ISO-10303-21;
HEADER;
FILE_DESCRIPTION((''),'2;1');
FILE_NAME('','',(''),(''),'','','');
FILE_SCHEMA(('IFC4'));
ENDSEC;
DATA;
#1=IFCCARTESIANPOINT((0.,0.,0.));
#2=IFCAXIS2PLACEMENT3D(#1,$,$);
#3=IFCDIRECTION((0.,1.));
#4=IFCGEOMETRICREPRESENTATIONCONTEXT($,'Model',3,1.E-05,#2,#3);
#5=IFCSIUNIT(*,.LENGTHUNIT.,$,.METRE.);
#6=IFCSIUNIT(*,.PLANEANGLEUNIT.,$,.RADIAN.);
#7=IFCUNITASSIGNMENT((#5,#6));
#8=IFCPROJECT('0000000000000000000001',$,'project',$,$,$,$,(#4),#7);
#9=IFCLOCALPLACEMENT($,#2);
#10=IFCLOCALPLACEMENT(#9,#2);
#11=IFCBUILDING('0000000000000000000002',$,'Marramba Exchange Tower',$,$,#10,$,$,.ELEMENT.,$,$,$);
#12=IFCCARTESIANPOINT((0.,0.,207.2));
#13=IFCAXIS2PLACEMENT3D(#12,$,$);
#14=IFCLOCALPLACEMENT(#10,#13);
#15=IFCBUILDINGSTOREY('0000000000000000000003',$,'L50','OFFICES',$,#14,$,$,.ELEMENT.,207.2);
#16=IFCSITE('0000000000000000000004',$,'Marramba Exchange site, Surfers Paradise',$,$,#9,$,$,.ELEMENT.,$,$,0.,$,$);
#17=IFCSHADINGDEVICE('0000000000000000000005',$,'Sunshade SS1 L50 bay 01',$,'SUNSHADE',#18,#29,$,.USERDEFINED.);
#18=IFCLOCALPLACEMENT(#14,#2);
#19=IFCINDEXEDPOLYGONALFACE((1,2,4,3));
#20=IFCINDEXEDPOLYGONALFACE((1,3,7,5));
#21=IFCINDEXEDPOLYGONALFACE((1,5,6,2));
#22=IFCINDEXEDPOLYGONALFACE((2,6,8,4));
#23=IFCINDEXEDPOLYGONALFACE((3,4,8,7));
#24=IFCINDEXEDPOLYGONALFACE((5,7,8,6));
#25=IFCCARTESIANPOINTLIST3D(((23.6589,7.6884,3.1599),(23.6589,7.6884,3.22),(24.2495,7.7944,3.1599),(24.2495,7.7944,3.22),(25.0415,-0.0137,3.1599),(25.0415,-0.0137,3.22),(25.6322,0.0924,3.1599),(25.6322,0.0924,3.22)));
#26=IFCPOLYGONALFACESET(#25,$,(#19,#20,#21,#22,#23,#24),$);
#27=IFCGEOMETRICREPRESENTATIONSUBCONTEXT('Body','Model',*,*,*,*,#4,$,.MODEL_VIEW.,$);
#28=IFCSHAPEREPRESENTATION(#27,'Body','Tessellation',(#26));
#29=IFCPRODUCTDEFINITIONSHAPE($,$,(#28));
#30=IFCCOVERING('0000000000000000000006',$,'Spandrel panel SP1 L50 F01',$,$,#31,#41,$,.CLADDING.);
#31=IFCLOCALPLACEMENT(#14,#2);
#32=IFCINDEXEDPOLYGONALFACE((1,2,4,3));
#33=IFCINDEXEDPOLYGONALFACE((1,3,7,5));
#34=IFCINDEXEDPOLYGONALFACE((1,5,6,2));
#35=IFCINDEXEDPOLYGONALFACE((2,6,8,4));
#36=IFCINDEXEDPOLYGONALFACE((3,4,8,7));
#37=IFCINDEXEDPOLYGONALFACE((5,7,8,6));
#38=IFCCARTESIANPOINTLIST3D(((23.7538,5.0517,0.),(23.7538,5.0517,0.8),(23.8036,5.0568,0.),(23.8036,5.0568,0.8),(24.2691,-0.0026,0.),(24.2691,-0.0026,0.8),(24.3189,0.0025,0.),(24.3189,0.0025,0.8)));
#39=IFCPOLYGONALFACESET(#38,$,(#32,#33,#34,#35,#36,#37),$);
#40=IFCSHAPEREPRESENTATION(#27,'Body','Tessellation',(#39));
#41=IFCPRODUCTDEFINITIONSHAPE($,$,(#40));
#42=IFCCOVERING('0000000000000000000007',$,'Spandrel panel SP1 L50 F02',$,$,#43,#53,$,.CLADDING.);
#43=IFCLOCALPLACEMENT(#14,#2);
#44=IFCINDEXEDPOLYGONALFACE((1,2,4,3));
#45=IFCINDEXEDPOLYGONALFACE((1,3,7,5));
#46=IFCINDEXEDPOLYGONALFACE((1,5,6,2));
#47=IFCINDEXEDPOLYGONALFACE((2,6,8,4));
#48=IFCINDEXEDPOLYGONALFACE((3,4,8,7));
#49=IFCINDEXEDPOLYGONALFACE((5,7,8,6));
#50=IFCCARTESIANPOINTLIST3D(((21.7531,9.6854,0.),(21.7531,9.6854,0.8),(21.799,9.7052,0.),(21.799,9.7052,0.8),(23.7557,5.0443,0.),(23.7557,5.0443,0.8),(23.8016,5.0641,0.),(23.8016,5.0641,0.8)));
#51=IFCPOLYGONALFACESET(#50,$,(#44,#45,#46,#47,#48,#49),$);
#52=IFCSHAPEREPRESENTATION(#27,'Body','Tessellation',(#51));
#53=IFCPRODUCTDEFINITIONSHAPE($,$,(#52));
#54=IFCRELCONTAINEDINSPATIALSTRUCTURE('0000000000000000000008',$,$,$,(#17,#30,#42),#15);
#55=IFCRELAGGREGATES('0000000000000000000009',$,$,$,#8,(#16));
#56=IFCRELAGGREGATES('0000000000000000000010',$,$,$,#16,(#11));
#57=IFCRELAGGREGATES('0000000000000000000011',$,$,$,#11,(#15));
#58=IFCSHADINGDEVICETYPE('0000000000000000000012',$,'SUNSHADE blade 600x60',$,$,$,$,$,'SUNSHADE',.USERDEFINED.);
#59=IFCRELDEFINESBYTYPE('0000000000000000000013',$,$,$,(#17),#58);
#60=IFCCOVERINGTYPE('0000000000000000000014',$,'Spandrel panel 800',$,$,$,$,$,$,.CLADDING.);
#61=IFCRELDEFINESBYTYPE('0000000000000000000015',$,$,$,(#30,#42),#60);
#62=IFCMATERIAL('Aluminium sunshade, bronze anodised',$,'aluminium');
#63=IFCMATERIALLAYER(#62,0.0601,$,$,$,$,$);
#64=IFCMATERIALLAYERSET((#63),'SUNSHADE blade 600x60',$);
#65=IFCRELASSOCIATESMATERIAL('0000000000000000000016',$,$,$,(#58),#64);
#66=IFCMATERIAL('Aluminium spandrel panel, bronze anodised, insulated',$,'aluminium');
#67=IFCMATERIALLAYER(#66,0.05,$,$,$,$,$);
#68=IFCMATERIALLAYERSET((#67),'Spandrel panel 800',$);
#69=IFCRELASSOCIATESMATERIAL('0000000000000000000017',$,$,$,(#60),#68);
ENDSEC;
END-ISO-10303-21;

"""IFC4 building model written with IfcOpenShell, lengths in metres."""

from ifc_helpers import new_model, si_unit, direction, frame, origin, origin_2d, place, context, subcontext, project, spatial, rectangle, extrude, material, layer, layer_set, type_object, element, save


model = new_model("IFC4")

# Units and contexts
model_context = context("Model", 3, precision=1e-05, world=origin(), true_north=direction((0.0, 1.0)))
body_context = subcontext(model_context, "Body", "Model", "MODEL_VIEW")
ifc_project = project(units=[si_unit("LENGTHUNIT", "METRE"), si_unit("PLANEANGLEUNIT", "RADIAN")], contexts=[model_context])

# Site, building, storey
site_placement = place(None, origin())
site = spatial("IfcSite", under=ifc_project, at=site_placement, Name="Marramba Exchange site, Surfers Paradise", CompositionType="ELEMENT", RefElevation=0.0)
building_placement = place(site_placement, origin())
building = spatial("IfcBuilding", under=site, at=building_placement, Name="Marramba Exchange Tower", CompositionType="ELEMENT")
storey_placement = place(building_placement, frame((0.0, 0.0, 207.2)))
storey = spatial("IfcBuildingStorey", under=building, at=storey_placement, Name="L50", Description="OFFICES", CompositionType="ELEMENT", Elevation=207.2)

# Shading device
ifc_material_1 = material(Name="Aluminium sunshade, bronze anodised", Category="aluminium")
ifc_layer_1 = layer(ifc_material_1, 0.0601)
ifc_layer_set_1 = layer_set([ifc_layer_1], Name="SUNSHADE blade 600x60")
shading_device_type_1 = type_object("IfcShadingDeviceType", Name="SUNSHADE blade 600x60", ElementType="SUNSHADE", PredefinedType="USERDEFINED", material=ifc_layer_set_1)
shading_device_1_placement = place(storey_placement, frame((24.6455, 3.8904, 3.1599), z_axis=(0.0, 0.0, 1.0), x_axis=(-0.176691, 0.984266, 0.0)))
element("IfcShadingDevice", 1, at=shading_device_1_placement, inside=storey, type_object=shading_device_type_1, Name="Sunshade SS1 L50 bay 01", ObjectType="SUNSHADE", PredefinedType="USERDEFINED", context=body_context, shape_type="SweptSolid", body=[
    extrude(rectangle(XDim=7.8252, YDim=0.6001, at=origin_2d()), origin(), (0.0, 0.0, 1.0), 0.0601),
])

# Coverings
ifc_material_2 = material(Name="Aluminium spandrel panel, bronze anodised, insulated", Category="aluminium")
ifc_layer_2 = layer(ifc_material_2, 0.05)
ifc_layer_set_2 = layer_set([ifc_layer_2], Name="Spandrel panel 800")
covering_type = type_object("IfcCoveringType", Name="Spandrel panel 800", PredefinedType="CLADDING", material=ifc_layer_set_2)
covering_1_placement = place(storey_placement, frame((24.0364, 2.5271, 0.0), z_axis=(0.0, 0.0, 1.0), x_axis=(-0.101422, 0.994843, 0.0)))
element("IfcCovering", 2, at=covering_1_placement, inside=storey, type_object=covering_type, Name="Spandrel panel SP1 L50 F01", PredefinedType="CLADDING", context=body_context, shape_type="SweptSolid", body=[
    extrude(rectangle(XDim=5.0806, YDim=0.05, at=origin_2d()), origin(), (0.0, 0.0, 1.0), 0.8),
])
covering_2_placement = place(storey_placement, frame((22.7773, 7.3748, 0.0), z_axis=(0.0, 0.0, 1.0), x_axis=(-0.396193, 0.918167, 0.0)))
element("IfcCovering", 3, at=covering_2_placement, inside=storey, type_object=covering_type, Name="Spandrel panel SP1 L50 F02", PredefinedType="CLADDING", context=body_context, shape_type="SweptSolid", body=[
    extrude(rectangle(XDim=5.0547, YDim=0.05, at=origin_2d()), origin(), (0.0, 0.0, 1.0), 0.8),
])

save(model, "model.ifc")
